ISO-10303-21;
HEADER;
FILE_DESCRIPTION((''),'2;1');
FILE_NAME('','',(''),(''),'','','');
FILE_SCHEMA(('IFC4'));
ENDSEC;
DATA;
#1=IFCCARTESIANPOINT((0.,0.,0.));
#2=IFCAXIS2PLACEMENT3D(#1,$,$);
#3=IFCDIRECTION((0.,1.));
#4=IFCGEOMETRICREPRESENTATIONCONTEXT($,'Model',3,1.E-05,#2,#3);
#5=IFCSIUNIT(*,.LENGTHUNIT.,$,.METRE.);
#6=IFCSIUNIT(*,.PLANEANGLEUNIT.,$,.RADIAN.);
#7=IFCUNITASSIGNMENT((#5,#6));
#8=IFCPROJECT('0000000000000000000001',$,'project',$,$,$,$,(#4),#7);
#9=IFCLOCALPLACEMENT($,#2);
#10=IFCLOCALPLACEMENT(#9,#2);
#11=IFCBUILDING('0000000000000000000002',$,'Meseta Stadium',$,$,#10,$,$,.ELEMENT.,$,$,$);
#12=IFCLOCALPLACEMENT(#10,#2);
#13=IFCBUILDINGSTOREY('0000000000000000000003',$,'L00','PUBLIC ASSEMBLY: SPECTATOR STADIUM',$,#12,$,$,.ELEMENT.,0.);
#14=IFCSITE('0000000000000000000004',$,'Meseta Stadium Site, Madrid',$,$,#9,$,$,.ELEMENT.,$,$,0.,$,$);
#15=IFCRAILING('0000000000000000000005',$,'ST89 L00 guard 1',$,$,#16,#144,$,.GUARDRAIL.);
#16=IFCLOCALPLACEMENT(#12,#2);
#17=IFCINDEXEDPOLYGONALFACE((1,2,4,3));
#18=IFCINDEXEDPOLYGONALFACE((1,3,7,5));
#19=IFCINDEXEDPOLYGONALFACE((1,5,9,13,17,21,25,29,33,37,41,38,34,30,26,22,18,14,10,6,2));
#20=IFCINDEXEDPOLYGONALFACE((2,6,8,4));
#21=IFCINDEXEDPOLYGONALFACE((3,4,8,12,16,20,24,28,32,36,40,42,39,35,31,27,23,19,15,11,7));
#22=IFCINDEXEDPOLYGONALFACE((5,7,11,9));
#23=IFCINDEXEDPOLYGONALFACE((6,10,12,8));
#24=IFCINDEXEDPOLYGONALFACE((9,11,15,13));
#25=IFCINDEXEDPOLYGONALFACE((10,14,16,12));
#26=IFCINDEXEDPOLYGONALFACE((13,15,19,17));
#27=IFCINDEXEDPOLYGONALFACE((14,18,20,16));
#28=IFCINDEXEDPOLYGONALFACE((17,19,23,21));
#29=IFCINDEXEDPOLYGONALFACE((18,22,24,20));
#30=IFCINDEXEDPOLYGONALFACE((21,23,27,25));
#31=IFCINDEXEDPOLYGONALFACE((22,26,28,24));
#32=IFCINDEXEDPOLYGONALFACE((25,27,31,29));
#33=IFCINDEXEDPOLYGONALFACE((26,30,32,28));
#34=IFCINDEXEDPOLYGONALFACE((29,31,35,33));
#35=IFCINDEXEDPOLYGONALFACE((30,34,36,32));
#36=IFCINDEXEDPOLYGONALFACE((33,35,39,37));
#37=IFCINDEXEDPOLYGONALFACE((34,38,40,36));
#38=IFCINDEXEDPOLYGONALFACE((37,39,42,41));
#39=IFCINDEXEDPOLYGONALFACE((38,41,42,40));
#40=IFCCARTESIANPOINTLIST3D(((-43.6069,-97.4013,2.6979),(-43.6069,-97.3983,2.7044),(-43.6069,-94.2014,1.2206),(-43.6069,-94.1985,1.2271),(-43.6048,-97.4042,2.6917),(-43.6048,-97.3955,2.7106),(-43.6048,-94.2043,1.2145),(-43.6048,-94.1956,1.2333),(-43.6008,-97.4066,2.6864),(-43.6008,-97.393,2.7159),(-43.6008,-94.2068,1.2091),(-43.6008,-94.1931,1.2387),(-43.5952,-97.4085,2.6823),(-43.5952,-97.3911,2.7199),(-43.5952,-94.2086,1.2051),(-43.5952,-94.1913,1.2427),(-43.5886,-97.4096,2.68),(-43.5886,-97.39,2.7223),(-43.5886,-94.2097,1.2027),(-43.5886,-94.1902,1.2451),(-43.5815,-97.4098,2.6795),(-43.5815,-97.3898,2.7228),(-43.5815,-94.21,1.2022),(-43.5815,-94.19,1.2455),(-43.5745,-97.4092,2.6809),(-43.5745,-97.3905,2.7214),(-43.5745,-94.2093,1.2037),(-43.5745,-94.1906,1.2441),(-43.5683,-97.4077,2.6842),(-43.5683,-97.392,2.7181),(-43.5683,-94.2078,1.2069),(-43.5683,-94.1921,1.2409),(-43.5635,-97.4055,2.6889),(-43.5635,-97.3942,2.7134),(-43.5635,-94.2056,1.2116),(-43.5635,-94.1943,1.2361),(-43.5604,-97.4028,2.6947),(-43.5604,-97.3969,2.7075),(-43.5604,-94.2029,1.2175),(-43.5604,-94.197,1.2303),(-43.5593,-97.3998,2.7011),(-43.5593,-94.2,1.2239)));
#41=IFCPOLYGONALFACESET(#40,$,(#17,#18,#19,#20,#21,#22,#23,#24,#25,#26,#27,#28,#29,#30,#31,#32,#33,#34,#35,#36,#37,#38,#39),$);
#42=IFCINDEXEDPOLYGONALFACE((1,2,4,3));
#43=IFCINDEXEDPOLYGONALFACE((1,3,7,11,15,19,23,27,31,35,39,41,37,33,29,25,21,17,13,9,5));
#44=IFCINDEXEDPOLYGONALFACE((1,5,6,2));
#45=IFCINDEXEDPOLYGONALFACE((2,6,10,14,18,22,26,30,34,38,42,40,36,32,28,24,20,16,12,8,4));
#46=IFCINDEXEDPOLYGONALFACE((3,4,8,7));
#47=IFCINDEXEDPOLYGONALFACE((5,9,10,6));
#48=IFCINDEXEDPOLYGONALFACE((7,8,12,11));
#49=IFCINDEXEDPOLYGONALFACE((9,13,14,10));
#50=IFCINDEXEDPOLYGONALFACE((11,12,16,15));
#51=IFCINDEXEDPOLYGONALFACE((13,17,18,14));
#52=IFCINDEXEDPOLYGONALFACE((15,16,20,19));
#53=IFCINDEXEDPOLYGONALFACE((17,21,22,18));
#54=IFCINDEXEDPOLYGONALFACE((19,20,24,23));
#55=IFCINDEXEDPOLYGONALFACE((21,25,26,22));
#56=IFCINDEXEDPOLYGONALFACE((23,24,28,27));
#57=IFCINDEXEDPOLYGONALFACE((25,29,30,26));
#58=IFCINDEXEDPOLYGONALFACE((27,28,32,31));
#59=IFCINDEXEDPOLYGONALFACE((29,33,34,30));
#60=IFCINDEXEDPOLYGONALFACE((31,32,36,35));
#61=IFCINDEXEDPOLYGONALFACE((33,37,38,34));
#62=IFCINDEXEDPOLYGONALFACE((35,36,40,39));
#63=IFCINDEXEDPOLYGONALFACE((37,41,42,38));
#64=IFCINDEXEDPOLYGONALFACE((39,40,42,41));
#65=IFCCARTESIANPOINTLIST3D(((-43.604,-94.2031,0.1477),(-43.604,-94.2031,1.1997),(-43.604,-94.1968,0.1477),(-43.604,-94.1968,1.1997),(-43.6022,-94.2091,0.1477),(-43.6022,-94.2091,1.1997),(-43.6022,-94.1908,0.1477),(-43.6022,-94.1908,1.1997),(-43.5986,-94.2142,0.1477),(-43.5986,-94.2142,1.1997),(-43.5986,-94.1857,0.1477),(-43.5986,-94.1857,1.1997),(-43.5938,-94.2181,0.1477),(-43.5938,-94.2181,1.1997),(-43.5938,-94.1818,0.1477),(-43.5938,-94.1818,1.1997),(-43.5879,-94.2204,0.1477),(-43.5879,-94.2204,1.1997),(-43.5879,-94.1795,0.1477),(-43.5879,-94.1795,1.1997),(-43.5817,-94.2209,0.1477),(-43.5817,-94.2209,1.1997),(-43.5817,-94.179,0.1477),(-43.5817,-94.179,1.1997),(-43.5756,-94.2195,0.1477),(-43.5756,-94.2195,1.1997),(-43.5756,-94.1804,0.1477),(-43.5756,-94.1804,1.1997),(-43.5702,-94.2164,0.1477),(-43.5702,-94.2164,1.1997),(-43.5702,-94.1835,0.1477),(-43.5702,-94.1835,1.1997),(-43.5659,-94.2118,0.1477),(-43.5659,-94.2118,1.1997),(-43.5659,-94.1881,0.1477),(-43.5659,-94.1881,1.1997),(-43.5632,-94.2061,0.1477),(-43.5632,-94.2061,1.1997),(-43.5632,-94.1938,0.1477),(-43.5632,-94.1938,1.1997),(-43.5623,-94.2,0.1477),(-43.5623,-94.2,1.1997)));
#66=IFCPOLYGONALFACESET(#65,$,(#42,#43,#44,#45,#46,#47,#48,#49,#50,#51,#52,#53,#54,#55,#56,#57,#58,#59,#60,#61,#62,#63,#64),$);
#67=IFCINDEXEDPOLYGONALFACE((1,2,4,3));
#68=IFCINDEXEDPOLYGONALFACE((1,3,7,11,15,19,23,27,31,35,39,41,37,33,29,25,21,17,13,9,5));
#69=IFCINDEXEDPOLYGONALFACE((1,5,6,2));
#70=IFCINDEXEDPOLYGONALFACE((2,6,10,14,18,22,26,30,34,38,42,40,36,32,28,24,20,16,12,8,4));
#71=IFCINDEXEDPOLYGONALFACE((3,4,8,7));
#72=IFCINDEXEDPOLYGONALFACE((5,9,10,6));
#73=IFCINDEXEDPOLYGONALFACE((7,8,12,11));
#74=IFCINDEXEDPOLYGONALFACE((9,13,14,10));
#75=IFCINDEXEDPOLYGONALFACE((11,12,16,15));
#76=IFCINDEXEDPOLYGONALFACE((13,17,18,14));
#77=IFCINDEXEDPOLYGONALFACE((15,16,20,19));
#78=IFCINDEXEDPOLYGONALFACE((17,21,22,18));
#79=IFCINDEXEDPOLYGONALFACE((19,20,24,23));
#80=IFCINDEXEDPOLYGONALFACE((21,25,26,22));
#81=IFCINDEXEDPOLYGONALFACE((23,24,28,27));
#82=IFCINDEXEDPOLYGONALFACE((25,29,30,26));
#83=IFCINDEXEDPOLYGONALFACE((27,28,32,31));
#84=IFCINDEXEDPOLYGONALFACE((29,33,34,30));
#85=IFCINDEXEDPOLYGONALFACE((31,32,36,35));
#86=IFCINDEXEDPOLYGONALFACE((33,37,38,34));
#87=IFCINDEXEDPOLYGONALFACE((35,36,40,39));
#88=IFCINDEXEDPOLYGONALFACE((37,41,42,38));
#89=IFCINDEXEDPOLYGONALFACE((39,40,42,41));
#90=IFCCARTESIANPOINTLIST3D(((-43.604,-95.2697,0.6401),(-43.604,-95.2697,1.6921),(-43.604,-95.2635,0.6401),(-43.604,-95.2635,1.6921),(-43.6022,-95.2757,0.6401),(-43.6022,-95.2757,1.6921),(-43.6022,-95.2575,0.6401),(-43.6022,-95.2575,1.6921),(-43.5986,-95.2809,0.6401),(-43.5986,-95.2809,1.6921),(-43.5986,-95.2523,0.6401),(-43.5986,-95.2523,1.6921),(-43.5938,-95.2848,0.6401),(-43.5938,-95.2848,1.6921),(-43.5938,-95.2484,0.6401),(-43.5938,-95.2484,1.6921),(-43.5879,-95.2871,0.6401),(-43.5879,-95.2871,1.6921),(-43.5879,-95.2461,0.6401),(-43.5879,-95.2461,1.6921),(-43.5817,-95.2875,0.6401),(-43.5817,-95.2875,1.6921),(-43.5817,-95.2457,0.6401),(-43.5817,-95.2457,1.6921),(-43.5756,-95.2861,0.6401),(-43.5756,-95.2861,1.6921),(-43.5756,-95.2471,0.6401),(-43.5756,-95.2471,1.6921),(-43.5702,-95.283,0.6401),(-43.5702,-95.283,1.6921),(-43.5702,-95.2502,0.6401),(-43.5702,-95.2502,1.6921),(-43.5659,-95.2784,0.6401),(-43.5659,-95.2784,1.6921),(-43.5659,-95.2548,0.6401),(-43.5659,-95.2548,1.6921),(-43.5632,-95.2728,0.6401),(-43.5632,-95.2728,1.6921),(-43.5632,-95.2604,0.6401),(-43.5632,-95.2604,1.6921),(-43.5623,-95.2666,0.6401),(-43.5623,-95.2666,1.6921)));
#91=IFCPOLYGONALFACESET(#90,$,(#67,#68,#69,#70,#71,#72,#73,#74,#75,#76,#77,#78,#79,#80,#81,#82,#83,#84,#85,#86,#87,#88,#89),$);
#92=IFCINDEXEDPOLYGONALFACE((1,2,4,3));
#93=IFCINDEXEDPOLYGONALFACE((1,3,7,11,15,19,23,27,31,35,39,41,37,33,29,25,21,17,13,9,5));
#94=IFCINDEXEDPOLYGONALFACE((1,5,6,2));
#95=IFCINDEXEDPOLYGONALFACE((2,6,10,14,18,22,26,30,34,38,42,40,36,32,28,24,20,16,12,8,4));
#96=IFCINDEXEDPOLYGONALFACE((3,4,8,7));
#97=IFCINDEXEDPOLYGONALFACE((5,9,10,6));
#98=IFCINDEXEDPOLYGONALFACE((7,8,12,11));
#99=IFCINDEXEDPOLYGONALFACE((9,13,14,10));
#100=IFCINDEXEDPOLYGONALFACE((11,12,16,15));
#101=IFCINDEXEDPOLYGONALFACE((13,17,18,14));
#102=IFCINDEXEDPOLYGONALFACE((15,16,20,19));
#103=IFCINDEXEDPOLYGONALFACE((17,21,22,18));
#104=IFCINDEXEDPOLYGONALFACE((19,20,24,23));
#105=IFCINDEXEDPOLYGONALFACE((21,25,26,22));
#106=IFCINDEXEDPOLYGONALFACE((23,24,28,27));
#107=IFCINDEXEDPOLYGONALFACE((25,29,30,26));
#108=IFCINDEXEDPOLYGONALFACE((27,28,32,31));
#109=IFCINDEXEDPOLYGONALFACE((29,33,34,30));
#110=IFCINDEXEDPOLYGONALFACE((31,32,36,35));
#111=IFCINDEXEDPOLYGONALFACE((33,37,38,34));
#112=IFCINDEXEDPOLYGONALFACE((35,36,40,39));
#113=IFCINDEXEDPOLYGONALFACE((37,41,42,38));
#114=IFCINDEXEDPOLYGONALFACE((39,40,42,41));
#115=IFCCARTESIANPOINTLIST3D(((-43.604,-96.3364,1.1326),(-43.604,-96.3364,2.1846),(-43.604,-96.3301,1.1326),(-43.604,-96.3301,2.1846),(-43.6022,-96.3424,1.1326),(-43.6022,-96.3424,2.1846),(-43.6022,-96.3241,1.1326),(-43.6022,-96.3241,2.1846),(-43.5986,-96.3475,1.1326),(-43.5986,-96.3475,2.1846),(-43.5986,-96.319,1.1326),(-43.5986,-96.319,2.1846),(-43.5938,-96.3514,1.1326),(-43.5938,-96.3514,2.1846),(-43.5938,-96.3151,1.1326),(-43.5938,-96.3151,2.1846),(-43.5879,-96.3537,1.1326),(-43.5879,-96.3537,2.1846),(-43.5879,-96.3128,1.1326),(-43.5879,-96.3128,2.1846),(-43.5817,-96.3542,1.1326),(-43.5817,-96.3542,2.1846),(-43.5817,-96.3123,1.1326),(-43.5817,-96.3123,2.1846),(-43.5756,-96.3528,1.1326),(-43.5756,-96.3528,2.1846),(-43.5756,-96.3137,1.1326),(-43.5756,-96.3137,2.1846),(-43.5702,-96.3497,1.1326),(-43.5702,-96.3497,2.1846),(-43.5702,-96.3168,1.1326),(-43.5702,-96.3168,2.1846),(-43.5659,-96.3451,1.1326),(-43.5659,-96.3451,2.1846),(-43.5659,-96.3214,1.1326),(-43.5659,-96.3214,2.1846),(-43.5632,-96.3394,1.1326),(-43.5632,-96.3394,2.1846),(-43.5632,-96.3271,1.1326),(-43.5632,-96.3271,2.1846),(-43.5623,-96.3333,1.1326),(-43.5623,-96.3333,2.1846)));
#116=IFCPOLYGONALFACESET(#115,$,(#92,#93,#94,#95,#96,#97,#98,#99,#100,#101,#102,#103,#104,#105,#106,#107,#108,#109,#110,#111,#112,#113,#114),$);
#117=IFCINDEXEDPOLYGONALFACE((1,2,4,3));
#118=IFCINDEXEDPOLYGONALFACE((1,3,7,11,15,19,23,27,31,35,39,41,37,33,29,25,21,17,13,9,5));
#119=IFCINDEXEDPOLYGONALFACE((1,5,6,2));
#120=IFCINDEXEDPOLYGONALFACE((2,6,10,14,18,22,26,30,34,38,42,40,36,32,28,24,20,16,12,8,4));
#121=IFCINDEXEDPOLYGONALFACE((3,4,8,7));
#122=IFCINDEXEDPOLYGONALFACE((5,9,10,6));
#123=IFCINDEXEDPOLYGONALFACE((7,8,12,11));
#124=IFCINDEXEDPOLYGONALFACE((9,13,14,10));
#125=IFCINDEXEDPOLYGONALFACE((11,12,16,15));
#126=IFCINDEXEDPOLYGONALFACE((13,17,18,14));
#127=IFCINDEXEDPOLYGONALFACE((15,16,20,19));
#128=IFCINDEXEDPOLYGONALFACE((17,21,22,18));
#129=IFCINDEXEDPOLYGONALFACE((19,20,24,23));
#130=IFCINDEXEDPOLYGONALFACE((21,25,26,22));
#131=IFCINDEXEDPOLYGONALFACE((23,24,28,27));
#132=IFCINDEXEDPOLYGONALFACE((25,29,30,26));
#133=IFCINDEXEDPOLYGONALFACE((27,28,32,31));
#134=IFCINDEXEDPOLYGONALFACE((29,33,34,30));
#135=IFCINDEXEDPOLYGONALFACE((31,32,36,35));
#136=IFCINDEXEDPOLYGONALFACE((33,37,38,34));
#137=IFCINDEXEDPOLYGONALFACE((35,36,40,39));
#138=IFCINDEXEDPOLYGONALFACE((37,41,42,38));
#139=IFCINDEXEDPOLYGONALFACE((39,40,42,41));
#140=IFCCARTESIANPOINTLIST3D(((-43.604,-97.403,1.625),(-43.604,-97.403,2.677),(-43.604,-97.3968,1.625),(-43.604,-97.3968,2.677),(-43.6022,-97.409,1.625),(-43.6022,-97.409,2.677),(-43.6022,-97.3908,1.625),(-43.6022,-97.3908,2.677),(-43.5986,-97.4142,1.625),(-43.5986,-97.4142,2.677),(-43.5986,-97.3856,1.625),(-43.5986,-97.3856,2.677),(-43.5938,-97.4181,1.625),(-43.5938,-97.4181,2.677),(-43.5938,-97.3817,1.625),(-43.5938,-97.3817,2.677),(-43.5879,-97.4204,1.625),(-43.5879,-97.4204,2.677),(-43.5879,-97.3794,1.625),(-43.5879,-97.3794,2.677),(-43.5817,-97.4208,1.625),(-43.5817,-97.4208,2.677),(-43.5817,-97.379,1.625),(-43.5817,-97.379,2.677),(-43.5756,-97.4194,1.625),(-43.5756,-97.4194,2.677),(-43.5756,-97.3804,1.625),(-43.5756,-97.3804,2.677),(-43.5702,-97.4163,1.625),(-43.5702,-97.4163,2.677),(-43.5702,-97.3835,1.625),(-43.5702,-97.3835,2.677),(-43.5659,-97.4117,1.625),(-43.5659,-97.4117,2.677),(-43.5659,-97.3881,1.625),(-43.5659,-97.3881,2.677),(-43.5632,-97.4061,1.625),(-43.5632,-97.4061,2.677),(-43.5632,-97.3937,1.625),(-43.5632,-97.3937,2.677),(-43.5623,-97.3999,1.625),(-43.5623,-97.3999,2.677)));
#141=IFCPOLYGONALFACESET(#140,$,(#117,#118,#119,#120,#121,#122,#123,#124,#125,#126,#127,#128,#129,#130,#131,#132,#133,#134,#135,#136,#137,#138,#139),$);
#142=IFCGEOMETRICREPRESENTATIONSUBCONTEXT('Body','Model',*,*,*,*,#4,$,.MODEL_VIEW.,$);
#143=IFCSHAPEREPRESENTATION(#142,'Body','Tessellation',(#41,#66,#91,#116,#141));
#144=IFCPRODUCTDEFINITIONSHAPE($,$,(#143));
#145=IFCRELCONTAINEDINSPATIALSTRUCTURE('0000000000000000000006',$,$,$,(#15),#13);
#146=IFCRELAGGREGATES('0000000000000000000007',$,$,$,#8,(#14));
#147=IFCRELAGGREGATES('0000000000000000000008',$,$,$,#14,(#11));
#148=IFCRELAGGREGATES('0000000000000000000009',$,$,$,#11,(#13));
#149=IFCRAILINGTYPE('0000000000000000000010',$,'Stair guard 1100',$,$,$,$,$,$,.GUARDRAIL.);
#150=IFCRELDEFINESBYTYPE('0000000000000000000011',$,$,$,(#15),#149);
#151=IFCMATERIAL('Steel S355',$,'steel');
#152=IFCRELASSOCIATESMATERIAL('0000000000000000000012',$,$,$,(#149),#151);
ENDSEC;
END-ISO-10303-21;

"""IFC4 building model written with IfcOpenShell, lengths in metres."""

from ifc_helpers import new_model, si_unit, direction, frame, origin, origin_2d, place, context, subcontext, project, spatial, circle, extrude, material, type_object, element, save


model = new_model("IFC4")

# Units and contexts
model_context = context("Model", 3, precision=1e-05, world=origin(), true_north=direction((0.0, 1.0)))
body_context = subcontext(model_context, "Body", "Model", "MODEL_VIEW")
ifc_project = project(units=[si_unit("LENGTHUNIT", "METRE"), si_unit("PLANEANGLEUNIT", "RADIAN")], contexts=[model_context])

# Site, building, storey
site_placement = place(None, origin())
site = spatial("IfcSite", under=ifc_project, at=site_placement, Name="Meseta Stadium Site, Madrid", CompositionType="ELEMENT", RefElevation=0.0)
building_placement = place(site_placement, origin())
building = spatial("IfcBuilding", under=site, at=building_placement, Name="Meseta Stadium", CompositionType="ELEMENT")
storey_placement = place(building_placement, origin())
storey = spatial("IfcBuildingStorey", under=building, at=storey_placement, Name="L00", Description="PUBLIC ASSEMBLY: SPECTATOR STADIUM", CompositionType="ELEMENT", Elevation=0.0)

# Railing
ifc_material_1 = material(Name="Steel S355", Category="steel")
railing_type_1 = type_object("IfcRailingType", Name="Stair guard 1100", PredefinedType="GUARDRAIL", material=ifc_material_1)
railing_1_placement = place(storey_placement, frame((-43.5833, -94.2, 0.1477)))
element("IfcRailing", 1, at=railing_1_placement, inside=storey, type_object=railing_type_1, Name="ST89 L00 guard 1", PredefinedType="GUARDRAIL", context=body_context, shape_type="SweptSolid", body=[
    extrude(circle(Radius=0.0239, at=origin_2d()), frame((0.0, 0.0, 1.0762), z_axis=(0.0, -0.907917, 0.41915), x_axis=(1.0, 0.0, 0.0)), (0.0, 0.0, 1.0), 3.5244),
    extrude(circle(Radius=0.021, at=origin_2d()), origin(), (0.0, 0.0, 1.0), 1.052),
    extrude(circle(Radius=0.021, at=origin_2d()), frame((0.0, -1.0667, 0.4924)), (0.0, 0.0, 1.0), 1.052),
    extrude(circle(Radius=0.021, at=origin_2d()), frame((0.0, -2.1333, 0.9849)), (0.0, 0.0, 1.0), 1.052),
    extrude(circle(Radius=0.021, at=origin_2d()), frame((0.0, -3.2, 1.4773)), (0.0, 0.0, 1.0), 1.052),
])

save(model, "model.ifc")
